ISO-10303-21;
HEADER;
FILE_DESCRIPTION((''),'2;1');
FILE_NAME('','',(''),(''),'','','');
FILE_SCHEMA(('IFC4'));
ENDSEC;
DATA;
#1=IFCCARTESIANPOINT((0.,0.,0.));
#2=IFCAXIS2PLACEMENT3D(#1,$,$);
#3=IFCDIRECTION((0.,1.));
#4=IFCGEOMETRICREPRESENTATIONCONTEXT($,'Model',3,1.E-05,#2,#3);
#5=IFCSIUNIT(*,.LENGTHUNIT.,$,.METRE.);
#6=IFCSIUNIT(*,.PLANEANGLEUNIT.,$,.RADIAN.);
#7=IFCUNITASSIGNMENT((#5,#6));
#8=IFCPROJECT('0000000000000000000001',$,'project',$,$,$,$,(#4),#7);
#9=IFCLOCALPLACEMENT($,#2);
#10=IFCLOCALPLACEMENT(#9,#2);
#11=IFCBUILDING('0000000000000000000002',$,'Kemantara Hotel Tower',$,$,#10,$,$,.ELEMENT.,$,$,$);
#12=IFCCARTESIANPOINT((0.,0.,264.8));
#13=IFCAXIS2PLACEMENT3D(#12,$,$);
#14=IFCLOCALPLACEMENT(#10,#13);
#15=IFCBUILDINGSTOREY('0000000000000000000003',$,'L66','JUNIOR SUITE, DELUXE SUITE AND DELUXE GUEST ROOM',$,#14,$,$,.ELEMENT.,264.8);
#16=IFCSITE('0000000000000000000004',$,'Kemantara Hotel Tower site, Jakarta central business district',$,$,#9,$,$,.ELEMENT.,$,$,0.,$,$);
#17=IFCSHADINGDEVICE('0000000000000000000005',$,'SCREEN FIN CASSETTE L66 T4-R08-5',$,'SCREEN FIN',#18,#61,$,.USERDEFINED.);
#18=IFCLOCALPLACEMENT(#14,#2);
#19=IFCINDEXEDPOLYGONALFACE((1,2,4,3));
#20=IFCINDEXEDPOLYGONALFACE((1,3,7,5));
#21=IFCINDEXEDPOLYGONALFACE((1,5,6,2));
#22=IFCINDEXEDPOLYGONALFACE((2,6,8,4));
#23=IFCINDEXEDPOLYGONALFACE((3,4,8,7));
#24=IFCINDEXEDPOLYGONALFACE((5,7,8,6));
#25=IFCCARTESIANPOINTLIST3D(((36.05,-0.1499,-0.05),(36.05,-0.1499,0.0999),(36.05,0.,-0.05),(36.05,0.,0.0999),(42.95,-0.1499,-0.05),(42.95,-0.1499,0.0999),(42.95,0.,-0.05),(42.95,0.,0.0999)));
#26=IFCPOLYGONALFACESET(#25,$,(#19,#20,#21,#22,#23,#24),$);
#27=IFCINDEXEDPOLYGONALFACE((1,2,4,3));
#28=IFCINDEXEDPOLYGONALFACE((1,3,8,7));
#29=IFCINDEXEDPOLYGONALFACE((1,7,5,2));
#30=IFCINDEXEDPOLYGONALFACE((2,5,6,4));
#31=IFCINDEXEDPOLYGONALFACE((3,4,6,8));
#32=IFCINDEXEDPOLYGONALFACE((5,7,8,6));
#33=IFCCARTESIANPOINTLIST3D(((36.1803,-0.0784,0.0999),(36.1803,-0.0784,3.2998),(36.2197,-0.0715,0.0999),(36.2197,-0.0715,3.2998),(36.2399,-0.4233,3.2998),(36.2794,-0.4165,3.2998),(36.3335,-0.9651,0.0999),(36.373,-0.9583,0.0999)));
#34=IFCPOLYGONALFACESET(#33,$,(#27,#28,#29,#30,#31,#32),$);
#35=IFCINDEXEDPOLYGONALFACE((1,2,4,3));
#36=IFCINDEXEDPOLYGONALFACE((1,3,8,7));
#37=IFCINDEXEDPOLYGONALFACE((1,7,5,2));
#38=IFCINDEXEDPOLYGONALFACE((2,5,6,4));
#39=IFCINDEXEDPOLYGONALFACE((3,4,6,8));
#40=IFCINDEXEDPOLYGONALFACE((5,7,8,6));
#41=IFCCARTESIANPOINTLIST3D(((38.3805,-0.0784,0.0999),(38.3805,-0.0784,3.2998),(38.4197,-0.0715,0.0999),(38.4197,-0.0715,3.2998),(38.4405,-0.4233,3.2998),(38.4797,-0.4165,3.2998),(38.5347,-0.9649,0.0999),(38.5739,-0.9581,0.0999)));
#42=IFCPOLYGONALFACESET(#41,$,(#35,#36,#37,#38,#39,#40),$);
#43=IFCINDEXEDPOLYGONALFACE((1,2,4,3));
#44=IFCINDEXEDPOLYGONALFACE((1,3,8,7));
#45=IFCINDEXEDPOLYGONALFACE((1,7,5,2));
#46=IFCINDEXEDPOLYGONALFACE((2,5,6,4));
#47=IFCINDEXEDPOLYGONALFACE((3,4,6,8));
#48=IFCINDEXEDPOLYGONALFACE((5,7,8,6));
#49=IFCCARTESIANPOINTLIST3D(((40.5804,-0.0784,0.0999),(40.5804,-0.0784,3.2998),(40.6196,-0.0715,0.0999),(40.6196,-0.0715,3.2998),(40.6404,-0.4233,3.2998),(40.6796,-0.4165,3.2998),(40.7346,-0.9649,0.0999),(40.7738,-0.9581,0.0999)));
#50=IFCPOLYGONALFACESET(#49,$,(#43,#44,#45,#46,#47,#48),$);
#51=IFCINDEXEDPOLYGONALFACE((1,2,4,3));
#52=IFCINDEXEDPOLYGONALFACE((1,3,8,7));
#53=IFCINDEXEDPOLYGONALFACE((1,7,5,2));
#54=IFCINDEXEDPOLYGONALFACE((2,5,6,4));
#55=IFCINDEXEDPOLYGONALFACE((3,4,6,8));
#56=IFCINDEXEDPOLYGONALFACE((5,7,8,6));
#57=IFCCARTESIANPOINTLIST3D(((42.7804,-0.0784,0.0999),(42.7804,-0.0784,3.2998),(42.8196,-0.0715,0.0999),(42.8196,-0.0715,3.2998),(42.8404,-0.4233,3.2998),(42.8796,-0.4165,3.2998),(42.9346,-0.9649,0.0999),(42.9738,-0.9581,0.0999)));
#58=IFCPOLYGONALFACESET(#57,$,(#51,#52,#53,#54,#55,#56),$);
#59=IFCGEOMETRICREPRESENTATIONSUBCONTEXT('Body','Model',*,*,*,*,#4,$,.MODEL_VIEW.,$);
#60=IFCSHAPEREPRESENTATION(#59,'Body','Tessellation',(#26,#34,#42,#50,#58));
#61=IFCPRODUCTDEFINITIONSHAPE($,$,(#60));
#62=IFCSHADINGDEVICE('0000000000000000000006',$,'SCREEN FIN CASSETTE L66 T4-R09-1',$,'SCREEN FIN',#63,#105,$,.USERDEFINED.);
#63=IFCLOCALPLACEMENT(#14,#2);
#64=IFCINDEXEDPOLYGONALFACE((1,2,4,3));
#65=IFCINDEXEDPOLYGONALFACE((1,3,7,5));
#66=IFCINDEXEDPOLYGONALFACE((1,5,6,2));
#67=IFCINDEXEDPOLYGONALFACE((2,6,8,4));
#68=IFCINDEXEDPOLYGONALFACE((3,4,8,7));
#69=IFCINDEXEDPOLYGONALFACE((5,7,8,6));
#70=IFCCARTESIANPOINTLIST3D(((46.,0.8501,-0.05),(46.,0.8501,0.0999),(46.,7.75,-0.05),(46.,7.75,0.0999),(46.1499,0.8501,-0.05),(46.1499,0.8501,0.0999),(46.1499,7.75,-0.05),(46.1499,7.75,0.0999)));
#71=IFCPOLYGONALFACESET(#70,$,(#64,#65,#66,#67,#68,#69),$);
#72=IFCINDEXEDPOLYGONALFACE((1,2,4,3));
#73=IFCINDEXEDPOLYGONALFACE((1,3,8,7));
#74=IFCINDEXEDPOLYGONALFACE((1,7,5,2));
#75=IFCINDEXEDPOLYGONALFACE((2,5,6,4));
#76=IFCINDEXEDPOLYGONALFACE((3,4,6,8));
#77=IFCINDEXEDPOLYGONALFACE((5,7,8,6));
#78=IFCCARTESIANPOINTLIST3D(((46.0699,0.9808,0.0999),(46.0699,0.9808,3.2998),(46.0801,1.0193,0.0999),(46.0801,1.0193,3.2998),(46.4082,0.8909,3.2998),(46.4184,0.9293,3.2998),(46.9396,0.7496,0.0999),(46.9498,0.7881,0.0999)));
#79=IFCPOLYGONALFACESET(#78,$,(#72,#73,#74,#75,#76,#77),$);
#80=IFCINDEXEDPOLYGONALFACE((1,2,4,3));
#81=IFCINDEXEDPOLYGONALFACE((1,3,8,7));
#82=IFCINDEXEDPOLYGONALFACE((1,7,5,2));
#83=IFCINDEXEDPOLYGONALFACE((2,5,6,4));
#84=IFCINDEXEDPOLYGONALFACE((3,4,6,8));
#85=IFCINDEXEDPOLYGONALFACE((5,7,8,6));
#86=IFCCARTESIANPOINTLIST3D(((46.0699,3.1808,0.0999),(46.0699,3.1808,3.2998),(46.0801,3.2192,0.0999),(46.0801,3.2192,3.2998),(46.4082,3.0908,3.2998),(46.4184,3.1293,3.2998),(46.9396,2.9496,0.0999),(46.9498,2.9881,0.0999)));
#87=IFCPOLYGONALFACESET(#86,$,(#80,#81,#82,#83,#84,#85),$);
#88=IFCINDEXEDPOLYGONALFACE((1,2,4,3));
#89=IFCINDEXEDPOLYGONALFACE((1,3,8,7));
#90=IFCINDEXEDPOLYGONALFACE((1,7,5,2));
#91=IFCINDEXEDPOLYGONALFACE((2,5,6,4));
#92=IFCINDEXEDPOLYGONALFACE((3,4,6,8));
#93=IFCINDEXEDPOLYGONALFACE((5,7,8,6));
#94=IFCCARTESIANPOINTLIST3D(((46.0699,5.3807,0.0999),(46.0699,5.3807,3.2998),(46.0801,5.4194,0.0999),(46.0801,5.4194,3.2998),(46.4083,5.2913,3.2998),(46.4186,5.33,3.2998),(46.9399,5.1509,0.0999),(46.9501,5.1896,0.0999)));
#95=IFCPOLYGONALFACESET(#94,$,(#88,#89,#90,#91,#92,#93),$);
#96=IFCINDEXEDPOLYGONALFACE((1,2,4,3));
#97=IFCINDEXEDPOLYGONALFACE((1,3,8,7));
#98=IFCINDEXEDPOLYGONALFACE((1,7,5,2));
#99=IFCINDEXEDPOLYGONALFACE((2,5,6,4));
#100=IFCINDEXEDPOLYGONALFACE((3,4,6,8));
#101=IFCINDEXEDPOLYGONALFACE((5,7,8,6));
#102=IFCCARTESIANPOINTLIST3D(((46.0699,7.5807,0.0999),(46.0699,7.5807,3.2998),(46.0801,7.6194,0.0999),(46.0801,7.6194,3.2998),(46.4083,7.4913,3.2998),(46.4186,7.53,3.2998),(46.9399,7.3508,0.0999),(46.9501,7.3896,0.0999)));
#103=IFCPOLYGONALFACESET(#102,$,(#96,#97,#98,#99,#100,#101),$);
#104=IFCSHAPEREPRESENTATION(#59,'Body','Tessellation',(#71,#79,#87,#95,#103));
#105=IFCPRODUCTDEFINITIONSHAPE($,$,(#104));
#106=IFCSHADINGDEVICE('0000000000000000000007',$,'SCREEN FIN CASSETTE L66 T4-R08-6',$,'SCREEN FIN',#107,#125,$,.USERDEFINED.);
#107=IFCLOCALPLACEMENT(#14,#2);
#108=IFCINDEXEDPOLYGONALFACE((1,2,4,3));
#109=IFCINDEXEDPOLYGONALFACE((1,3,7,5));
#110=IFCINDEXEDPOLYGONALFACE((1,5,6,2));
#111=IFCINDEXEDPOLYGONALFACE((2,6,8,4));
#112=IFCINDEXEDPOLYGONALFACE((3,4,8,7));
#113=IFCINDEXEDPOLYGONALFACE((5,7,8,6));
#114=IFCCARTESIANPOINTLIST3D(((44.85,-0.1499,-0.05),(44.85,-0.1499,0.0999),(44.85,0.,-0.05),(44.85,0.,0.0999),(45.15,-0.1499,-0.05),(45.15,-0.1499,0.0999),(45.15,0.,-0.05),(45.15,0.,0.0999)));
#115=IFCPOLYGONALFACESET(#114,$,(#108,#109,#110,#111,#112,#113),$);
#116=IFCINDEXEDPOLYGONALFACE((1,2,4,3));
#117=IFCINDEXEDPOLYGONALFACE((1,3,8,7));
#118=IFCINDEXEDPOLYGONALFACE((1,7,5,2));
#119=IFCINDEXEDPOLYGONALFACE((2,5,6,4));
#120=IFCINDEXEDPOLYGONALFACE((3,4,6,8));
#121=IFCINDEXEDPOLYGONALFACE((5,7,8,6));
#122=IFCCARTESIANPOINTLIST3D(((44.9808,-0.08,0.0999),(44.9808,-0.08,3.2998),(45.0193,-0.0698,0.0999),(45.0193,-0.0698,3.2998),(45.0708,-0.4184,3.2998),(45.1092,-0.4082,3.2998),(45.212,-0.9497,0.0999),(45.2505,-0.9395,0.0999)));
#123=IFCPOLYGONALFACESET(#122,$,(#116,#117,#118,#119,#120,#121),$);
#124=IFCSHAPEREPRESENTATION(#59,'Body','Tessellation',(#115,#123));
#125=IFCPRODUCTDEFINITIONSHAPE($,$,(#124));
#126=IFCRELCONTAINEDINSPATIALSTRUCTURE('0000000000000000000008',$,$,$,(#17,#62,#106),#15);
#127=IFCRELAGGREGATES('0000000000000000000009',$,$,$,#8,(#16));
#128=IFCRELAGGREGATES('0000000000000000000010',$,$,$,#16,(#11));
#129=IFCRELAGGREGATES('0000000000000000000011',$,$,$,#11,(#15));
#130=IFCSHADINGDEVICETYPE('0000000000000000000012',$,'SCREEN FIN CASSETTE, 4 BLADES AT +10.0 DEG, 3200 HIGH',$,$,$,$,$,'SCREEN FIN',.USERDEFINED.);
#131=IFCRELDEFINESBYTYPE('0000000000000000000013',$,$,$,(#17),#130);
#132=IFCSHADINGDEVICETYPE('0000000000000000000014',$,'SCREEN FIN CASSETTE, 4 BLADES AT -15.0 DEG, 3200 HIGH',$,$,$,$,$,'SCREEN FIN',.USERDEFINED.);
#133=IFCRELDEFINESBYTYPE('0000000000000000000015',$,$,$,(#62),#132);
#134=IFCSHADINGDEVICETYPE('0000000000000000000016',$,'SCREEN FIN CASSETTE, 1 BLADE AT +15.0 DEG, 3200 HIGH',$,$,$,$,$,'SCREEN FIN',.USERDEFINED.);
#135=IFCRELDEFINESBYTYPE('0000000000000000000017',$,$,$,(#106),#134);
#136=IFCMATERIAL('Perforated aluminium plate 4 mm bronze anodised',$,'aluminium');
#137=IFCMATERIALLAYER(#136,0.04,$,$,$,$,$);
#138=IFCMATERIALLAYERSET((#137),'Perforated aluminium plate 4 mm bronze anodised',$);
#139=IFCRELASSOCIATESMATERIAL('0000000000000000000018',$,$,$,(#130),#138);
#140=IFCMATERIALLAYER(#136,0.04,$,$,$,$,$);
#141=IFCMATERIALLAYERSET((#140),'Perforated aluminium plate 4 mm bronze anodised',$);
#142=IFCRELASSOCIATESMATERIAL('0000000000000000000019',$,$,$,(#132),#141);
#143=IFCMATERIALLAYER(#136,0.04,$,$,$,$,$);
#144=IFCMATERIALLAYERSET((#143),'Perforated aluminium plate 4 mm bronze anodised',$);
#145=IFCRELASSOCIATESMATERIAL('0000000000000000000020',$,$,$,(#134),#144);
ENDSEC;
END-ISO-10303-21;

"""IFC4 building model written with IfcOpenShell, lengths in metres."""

from ifc_helpers import new_model, si_unit, direction, frame, origin, origin_2d, place, context, subcontext, project, spatial, polyline, rectangle, outline, extrude, source, transform, mapped, material, layer, layer_set, type_object, element, save


model = new_model("IFC4")

# Units and contexts
model_context = context("Model", 3, precision=1e-05, world=origin(), true_north=direction((0.0, 1.0)))
body_context = subcontext(model_context, "Body", "Model", "MODEL_VIEW")
ifc_project = project(units=[si_unit("LENGTHUNIT", "METRE"), si_unit("PLANEANGLEUNIT", "RADIAN")], contexts=[model_context])

# Site, building, storey
site_placement = place(None, origin())
site = spatial("IfcSite", under=ifc_project, at=site_placement, Name="Kemantara Hotel Tower site, Jakarta central business district", CompositionType="ELEMENT", RefElevation=0.0)
building_placement = place(site_placement, origin())
building = spatial("IfcBuilding", under=site, at=building_placement, Name="Kemantara Hotel Tower", CompositionType="ELEMENT")
storey_placement = place(building_placement, frame((0.0, 0.0, 264.8)))
storey = spatial("IfcBuildingStorey", under=building, at=storey_placement, Name="L66", Description="JUNIOR SUITE, DELUXE SUITE AND DELUXE GUEST ROOM", CompositionType="ELEMENT", Elevation=264.8)

# Shading devices
ifc_material_1 = material(Name="Perforated aluminium plate 4 mm bronze anodised", Category="aluminium")
ifc_layer_1 = layer(ifc_material_1, 0.04)
ifc_layer_set_1 = layer_set([ifc_layer_1], Name="Perforated aluminium plate 4 mm bronze anodised")
shading_device_type_1 = type_object("IfcShadingDeviceType", Name="SCREEN FIN CASSETTE, 4 BLADES AT +10.0 DEG, 3200 HIGH", ElementType="SCREEN FIN", PredefinedType="USERDEFINED", material=ifc_layer_set_1)
shared_shape_1 = source(origin(), body_context, "Body", "SweptSolid", [
    extrude(rectangle(XDim=6.8999, YDim=0.1499, at=origin_2d()), frame((3.3, -0.075, -0.1499), z_axis=(0.0, 0.0, 1.0), x_axis=(1.0, 0.0, 0.0)), (0.0, 0.0, 1.0), 0.1499),
    extrude(outline(polyline([(0.0, 0.0), (0.8999, 0.0), (0.3501, 3.2), (0.0, 3.2), (0.0, 0.0)])), frame((0.0198, -0.0715, 0.0), z_axis=(-0.98539, -0.170314, 0.0), x_axis=(0.170314, -0.98539, 0.0)), (0.0, 0.0, 1.0), 0.04),
    extrude(outline(polyline([(0.0, 0.0), (0.8999, 0.0), (0.3501, 3.2), (0.0, 3.2), (0.0, 0.0)])), frame((2.2197, -0.0715, 0.0), z_axis=(-0.985212, -0.171341, 0.0), x_axis=(0.171341, -0.985212, 0.0)), (0.0, 0.0, 1.0), 0.0398),
    extrude(outline(polyline([(0.0, 0.0), (0.8999, 0.0), (0.3501, 3.2), (0.0, 3.2), (0.0, 0.0)])), frame((4.4197, -0.0715, 0.0), z_axis=(-0.985212, -0.171341, 0.0), x_axis=(0.171341, -0.985212, 0.0)), (0.0, 0.0, 1.0), 0.0398),
    extrude(outline(polyline([(0.0, 0.0), (0.8999, 0.0), (0.3501, 3.2), (0.0, 3.2), (0.0, 0.0)])), frame((6.6196, -0.0715, 0.0), z_axis=(-0.985212, -0.171341, 0.0), x_axis=(0.171341, -0.985212, 0.0)), (0.0, 0.0, 1.0), 0.0398),
])
shading_device_1_placement = place(storey_placement, frame((36.2, 0.0, 0.0999), z_axis=(0.0, 0.0, 1.0), x_axis=(1.0, 0.0, 0.0)))
element("IfcShadingDevice", 1, at=shading_device_1_placement, inside=storey, type_object=shading_device_type_1, Name="SCREEN FIN CASSETTE L66 T4-R08-5", ObjectType="SCREEN FIN", PredefinedType="USERDEFINED", context=body_context, shape_type="MappedRepresentation", body=[
    mapped(shared_shape_1, transform((0.0, 0.0, 0.0))),
])
ifc_layer_2 = layer(ifc_material_1, 0.04)
ifc_layer_set_2 = layer_set([ifc_layer_2], Name="Perforated aluminium plate 4 mm bronze anodised")
shading_device_type_2 = type_object("IfcShadingDeviceType", Name="SCREEN FIN CASSETTE, 4 BLADES AT -15.0 DEG, 3200 HIGH", ElementType="SCREEN FIN", PredefinedType="USERDEFINED", material=ifc_layer_set_2)
shared_shape_2 = source(origin(), body_context, "Body", "SweptSolid", [
    extrude(rectangle(XDim=6.8999, YDim=0.1499, at=origin_2d()), frame((3.3, -0.075, -0.1499), z_axis=(0.0, 0.0, 1.0), x_axis=(1.0, 0.0, 0.0)), (0.0, 0.0, 1.0), 0.1499),
    extrude(outline(polyline([(0.0, 0.0), (0.8999, 0.0), (0.3501, 3.2), (0.0, 3.2), (0.0, 0.0)])), frame((0.0193, -0.0801, 0.0), z_axis=(-0.966438, 0.256901, 0.0), x_axis=(-0.256901, -0.966438, 0.0)), (0.0, 0.0, 1.0), 0.0398),
    extrude(outline(polyline([(0.0, 0.0), (0.8999, 0.0), (0.3501, 3.2), (0.0, 3.2), (0.0, 0.0)])), frame((2.2192, -0.0801, 0.0), z_axis=(-0.966438, 0.256901, 0.0), x_axis=(-0.256901, -0.966438, 0.0)), (0.0, 0.0, 1.0), 0.0398),
    extrude(outline(polyline([(0.0, 0.0), (0.8999, 0.0), (0.3501, 3.2), (0.0, 3.2), (0.0, 0.0)])), frame((4.4194, -0.0801, 0.0), z_axis=(-0.966838, 0.255391, 0.0), x_axis=(-0.255391, -0.966838, 0.0)), (0.0, 0.0, 1.0), 0.04),
    extrude(outline(polyline([(0.0, 0.0), (0.8999, 0.0), (0.3501, 3.2), (0.0, 3.2), (0.0, 0.0)])), frame((6.6194, -0.0801, 0.0), z_axis=(-0.966838, 0.255391, 0.0), x_axis=(-0.255391, -0.966838, 0.0)), (0.0, 0.0, 1.0), 0.04),
])
shading_device_2_placement = place(storey_placement, frame((46.0, 1.0, 0.0999), z_axis=(0.0, 0.0, 1.0), x_axis=(0.0, 1.0, 0.0)))
element("IfcShadingDevice", 2, at=shading_device_2_placement, inside=storey, type_object=shading_device_type_2, Name="SCREEN FIN CASSETTE L66 T4-R09-1", ObjectType="SCREEN FIN", PredefinedType="USERDEFINED", context=body_context, shape_type="MappedRepresentation", body=[
    mapped(shared_shape_2, transform((0.0, 0.0, 0.0))),
])
ifc_layer_3 = layer(ifc_material_1, 0.04)
ifc_layer_set_3 = layer_set([ifc_layer_3], Name="Perforated aluminium plate 4 mm bronze anodised")
shading_device_type_3 = type_object("IfcShadingDeviceType", Name="SCREEN FIN CASSETTE, 1 BLADE AT +15.0 DEG, 3200 HIGH", ElementType="SCREEN FIN", PredefinedType="USERDEFINED", material=ifc_layer_set_3)
shared_shape_3 = source(origin(), body_context, "Body", "SweptSolid", [
    extrude(rectangle(XDim=0.3, YDim=0.1499, at=origin_2d()), frame((0.0, -0.075, -0.1499), z_axis=(0.0, 0.0, 1.0), x_axis=(1.0, 0.0, 0.0)), (0.0, 0.0, 1.0), 0.1499),
    extrude(outline(polyline([(0.0, 0.0), (0.8999, 0.0), (0.3501, 3.2), (0.0, 3.2), (0.0, 0.0)])), frame((0.0193, -0.0698, 0.0), z_axis=(-0.966438, -0.256901, 0.0), x_axis=(0.256901, -0.966438, 0.0)), (0.0, 0.0, 1.0), 0.0398),
])
shading_device_3_placement = place(storey_placement, frame((45.0, 0.0, 0.0999), z_axis=(0.0, 0.0, 1.0), x_axis=(1.0, 0.0, 0.0)))
element("IfcShadingDevice", 3, at=shading_device_3_placement, inside=storey, type_object=shading_device_type_3, Name="SCREEN FIN CASSETTE L66 T4-R08-6", ObjectType="SCREEN FIN", PredefinedType="USERDEFINED", context=body_context, shape_type="MappedRepresentation", body=[
    mapped(shared_shape_3, transform((0.0, 0.0, 0.0))),
])

save(model, "model.ifc")
